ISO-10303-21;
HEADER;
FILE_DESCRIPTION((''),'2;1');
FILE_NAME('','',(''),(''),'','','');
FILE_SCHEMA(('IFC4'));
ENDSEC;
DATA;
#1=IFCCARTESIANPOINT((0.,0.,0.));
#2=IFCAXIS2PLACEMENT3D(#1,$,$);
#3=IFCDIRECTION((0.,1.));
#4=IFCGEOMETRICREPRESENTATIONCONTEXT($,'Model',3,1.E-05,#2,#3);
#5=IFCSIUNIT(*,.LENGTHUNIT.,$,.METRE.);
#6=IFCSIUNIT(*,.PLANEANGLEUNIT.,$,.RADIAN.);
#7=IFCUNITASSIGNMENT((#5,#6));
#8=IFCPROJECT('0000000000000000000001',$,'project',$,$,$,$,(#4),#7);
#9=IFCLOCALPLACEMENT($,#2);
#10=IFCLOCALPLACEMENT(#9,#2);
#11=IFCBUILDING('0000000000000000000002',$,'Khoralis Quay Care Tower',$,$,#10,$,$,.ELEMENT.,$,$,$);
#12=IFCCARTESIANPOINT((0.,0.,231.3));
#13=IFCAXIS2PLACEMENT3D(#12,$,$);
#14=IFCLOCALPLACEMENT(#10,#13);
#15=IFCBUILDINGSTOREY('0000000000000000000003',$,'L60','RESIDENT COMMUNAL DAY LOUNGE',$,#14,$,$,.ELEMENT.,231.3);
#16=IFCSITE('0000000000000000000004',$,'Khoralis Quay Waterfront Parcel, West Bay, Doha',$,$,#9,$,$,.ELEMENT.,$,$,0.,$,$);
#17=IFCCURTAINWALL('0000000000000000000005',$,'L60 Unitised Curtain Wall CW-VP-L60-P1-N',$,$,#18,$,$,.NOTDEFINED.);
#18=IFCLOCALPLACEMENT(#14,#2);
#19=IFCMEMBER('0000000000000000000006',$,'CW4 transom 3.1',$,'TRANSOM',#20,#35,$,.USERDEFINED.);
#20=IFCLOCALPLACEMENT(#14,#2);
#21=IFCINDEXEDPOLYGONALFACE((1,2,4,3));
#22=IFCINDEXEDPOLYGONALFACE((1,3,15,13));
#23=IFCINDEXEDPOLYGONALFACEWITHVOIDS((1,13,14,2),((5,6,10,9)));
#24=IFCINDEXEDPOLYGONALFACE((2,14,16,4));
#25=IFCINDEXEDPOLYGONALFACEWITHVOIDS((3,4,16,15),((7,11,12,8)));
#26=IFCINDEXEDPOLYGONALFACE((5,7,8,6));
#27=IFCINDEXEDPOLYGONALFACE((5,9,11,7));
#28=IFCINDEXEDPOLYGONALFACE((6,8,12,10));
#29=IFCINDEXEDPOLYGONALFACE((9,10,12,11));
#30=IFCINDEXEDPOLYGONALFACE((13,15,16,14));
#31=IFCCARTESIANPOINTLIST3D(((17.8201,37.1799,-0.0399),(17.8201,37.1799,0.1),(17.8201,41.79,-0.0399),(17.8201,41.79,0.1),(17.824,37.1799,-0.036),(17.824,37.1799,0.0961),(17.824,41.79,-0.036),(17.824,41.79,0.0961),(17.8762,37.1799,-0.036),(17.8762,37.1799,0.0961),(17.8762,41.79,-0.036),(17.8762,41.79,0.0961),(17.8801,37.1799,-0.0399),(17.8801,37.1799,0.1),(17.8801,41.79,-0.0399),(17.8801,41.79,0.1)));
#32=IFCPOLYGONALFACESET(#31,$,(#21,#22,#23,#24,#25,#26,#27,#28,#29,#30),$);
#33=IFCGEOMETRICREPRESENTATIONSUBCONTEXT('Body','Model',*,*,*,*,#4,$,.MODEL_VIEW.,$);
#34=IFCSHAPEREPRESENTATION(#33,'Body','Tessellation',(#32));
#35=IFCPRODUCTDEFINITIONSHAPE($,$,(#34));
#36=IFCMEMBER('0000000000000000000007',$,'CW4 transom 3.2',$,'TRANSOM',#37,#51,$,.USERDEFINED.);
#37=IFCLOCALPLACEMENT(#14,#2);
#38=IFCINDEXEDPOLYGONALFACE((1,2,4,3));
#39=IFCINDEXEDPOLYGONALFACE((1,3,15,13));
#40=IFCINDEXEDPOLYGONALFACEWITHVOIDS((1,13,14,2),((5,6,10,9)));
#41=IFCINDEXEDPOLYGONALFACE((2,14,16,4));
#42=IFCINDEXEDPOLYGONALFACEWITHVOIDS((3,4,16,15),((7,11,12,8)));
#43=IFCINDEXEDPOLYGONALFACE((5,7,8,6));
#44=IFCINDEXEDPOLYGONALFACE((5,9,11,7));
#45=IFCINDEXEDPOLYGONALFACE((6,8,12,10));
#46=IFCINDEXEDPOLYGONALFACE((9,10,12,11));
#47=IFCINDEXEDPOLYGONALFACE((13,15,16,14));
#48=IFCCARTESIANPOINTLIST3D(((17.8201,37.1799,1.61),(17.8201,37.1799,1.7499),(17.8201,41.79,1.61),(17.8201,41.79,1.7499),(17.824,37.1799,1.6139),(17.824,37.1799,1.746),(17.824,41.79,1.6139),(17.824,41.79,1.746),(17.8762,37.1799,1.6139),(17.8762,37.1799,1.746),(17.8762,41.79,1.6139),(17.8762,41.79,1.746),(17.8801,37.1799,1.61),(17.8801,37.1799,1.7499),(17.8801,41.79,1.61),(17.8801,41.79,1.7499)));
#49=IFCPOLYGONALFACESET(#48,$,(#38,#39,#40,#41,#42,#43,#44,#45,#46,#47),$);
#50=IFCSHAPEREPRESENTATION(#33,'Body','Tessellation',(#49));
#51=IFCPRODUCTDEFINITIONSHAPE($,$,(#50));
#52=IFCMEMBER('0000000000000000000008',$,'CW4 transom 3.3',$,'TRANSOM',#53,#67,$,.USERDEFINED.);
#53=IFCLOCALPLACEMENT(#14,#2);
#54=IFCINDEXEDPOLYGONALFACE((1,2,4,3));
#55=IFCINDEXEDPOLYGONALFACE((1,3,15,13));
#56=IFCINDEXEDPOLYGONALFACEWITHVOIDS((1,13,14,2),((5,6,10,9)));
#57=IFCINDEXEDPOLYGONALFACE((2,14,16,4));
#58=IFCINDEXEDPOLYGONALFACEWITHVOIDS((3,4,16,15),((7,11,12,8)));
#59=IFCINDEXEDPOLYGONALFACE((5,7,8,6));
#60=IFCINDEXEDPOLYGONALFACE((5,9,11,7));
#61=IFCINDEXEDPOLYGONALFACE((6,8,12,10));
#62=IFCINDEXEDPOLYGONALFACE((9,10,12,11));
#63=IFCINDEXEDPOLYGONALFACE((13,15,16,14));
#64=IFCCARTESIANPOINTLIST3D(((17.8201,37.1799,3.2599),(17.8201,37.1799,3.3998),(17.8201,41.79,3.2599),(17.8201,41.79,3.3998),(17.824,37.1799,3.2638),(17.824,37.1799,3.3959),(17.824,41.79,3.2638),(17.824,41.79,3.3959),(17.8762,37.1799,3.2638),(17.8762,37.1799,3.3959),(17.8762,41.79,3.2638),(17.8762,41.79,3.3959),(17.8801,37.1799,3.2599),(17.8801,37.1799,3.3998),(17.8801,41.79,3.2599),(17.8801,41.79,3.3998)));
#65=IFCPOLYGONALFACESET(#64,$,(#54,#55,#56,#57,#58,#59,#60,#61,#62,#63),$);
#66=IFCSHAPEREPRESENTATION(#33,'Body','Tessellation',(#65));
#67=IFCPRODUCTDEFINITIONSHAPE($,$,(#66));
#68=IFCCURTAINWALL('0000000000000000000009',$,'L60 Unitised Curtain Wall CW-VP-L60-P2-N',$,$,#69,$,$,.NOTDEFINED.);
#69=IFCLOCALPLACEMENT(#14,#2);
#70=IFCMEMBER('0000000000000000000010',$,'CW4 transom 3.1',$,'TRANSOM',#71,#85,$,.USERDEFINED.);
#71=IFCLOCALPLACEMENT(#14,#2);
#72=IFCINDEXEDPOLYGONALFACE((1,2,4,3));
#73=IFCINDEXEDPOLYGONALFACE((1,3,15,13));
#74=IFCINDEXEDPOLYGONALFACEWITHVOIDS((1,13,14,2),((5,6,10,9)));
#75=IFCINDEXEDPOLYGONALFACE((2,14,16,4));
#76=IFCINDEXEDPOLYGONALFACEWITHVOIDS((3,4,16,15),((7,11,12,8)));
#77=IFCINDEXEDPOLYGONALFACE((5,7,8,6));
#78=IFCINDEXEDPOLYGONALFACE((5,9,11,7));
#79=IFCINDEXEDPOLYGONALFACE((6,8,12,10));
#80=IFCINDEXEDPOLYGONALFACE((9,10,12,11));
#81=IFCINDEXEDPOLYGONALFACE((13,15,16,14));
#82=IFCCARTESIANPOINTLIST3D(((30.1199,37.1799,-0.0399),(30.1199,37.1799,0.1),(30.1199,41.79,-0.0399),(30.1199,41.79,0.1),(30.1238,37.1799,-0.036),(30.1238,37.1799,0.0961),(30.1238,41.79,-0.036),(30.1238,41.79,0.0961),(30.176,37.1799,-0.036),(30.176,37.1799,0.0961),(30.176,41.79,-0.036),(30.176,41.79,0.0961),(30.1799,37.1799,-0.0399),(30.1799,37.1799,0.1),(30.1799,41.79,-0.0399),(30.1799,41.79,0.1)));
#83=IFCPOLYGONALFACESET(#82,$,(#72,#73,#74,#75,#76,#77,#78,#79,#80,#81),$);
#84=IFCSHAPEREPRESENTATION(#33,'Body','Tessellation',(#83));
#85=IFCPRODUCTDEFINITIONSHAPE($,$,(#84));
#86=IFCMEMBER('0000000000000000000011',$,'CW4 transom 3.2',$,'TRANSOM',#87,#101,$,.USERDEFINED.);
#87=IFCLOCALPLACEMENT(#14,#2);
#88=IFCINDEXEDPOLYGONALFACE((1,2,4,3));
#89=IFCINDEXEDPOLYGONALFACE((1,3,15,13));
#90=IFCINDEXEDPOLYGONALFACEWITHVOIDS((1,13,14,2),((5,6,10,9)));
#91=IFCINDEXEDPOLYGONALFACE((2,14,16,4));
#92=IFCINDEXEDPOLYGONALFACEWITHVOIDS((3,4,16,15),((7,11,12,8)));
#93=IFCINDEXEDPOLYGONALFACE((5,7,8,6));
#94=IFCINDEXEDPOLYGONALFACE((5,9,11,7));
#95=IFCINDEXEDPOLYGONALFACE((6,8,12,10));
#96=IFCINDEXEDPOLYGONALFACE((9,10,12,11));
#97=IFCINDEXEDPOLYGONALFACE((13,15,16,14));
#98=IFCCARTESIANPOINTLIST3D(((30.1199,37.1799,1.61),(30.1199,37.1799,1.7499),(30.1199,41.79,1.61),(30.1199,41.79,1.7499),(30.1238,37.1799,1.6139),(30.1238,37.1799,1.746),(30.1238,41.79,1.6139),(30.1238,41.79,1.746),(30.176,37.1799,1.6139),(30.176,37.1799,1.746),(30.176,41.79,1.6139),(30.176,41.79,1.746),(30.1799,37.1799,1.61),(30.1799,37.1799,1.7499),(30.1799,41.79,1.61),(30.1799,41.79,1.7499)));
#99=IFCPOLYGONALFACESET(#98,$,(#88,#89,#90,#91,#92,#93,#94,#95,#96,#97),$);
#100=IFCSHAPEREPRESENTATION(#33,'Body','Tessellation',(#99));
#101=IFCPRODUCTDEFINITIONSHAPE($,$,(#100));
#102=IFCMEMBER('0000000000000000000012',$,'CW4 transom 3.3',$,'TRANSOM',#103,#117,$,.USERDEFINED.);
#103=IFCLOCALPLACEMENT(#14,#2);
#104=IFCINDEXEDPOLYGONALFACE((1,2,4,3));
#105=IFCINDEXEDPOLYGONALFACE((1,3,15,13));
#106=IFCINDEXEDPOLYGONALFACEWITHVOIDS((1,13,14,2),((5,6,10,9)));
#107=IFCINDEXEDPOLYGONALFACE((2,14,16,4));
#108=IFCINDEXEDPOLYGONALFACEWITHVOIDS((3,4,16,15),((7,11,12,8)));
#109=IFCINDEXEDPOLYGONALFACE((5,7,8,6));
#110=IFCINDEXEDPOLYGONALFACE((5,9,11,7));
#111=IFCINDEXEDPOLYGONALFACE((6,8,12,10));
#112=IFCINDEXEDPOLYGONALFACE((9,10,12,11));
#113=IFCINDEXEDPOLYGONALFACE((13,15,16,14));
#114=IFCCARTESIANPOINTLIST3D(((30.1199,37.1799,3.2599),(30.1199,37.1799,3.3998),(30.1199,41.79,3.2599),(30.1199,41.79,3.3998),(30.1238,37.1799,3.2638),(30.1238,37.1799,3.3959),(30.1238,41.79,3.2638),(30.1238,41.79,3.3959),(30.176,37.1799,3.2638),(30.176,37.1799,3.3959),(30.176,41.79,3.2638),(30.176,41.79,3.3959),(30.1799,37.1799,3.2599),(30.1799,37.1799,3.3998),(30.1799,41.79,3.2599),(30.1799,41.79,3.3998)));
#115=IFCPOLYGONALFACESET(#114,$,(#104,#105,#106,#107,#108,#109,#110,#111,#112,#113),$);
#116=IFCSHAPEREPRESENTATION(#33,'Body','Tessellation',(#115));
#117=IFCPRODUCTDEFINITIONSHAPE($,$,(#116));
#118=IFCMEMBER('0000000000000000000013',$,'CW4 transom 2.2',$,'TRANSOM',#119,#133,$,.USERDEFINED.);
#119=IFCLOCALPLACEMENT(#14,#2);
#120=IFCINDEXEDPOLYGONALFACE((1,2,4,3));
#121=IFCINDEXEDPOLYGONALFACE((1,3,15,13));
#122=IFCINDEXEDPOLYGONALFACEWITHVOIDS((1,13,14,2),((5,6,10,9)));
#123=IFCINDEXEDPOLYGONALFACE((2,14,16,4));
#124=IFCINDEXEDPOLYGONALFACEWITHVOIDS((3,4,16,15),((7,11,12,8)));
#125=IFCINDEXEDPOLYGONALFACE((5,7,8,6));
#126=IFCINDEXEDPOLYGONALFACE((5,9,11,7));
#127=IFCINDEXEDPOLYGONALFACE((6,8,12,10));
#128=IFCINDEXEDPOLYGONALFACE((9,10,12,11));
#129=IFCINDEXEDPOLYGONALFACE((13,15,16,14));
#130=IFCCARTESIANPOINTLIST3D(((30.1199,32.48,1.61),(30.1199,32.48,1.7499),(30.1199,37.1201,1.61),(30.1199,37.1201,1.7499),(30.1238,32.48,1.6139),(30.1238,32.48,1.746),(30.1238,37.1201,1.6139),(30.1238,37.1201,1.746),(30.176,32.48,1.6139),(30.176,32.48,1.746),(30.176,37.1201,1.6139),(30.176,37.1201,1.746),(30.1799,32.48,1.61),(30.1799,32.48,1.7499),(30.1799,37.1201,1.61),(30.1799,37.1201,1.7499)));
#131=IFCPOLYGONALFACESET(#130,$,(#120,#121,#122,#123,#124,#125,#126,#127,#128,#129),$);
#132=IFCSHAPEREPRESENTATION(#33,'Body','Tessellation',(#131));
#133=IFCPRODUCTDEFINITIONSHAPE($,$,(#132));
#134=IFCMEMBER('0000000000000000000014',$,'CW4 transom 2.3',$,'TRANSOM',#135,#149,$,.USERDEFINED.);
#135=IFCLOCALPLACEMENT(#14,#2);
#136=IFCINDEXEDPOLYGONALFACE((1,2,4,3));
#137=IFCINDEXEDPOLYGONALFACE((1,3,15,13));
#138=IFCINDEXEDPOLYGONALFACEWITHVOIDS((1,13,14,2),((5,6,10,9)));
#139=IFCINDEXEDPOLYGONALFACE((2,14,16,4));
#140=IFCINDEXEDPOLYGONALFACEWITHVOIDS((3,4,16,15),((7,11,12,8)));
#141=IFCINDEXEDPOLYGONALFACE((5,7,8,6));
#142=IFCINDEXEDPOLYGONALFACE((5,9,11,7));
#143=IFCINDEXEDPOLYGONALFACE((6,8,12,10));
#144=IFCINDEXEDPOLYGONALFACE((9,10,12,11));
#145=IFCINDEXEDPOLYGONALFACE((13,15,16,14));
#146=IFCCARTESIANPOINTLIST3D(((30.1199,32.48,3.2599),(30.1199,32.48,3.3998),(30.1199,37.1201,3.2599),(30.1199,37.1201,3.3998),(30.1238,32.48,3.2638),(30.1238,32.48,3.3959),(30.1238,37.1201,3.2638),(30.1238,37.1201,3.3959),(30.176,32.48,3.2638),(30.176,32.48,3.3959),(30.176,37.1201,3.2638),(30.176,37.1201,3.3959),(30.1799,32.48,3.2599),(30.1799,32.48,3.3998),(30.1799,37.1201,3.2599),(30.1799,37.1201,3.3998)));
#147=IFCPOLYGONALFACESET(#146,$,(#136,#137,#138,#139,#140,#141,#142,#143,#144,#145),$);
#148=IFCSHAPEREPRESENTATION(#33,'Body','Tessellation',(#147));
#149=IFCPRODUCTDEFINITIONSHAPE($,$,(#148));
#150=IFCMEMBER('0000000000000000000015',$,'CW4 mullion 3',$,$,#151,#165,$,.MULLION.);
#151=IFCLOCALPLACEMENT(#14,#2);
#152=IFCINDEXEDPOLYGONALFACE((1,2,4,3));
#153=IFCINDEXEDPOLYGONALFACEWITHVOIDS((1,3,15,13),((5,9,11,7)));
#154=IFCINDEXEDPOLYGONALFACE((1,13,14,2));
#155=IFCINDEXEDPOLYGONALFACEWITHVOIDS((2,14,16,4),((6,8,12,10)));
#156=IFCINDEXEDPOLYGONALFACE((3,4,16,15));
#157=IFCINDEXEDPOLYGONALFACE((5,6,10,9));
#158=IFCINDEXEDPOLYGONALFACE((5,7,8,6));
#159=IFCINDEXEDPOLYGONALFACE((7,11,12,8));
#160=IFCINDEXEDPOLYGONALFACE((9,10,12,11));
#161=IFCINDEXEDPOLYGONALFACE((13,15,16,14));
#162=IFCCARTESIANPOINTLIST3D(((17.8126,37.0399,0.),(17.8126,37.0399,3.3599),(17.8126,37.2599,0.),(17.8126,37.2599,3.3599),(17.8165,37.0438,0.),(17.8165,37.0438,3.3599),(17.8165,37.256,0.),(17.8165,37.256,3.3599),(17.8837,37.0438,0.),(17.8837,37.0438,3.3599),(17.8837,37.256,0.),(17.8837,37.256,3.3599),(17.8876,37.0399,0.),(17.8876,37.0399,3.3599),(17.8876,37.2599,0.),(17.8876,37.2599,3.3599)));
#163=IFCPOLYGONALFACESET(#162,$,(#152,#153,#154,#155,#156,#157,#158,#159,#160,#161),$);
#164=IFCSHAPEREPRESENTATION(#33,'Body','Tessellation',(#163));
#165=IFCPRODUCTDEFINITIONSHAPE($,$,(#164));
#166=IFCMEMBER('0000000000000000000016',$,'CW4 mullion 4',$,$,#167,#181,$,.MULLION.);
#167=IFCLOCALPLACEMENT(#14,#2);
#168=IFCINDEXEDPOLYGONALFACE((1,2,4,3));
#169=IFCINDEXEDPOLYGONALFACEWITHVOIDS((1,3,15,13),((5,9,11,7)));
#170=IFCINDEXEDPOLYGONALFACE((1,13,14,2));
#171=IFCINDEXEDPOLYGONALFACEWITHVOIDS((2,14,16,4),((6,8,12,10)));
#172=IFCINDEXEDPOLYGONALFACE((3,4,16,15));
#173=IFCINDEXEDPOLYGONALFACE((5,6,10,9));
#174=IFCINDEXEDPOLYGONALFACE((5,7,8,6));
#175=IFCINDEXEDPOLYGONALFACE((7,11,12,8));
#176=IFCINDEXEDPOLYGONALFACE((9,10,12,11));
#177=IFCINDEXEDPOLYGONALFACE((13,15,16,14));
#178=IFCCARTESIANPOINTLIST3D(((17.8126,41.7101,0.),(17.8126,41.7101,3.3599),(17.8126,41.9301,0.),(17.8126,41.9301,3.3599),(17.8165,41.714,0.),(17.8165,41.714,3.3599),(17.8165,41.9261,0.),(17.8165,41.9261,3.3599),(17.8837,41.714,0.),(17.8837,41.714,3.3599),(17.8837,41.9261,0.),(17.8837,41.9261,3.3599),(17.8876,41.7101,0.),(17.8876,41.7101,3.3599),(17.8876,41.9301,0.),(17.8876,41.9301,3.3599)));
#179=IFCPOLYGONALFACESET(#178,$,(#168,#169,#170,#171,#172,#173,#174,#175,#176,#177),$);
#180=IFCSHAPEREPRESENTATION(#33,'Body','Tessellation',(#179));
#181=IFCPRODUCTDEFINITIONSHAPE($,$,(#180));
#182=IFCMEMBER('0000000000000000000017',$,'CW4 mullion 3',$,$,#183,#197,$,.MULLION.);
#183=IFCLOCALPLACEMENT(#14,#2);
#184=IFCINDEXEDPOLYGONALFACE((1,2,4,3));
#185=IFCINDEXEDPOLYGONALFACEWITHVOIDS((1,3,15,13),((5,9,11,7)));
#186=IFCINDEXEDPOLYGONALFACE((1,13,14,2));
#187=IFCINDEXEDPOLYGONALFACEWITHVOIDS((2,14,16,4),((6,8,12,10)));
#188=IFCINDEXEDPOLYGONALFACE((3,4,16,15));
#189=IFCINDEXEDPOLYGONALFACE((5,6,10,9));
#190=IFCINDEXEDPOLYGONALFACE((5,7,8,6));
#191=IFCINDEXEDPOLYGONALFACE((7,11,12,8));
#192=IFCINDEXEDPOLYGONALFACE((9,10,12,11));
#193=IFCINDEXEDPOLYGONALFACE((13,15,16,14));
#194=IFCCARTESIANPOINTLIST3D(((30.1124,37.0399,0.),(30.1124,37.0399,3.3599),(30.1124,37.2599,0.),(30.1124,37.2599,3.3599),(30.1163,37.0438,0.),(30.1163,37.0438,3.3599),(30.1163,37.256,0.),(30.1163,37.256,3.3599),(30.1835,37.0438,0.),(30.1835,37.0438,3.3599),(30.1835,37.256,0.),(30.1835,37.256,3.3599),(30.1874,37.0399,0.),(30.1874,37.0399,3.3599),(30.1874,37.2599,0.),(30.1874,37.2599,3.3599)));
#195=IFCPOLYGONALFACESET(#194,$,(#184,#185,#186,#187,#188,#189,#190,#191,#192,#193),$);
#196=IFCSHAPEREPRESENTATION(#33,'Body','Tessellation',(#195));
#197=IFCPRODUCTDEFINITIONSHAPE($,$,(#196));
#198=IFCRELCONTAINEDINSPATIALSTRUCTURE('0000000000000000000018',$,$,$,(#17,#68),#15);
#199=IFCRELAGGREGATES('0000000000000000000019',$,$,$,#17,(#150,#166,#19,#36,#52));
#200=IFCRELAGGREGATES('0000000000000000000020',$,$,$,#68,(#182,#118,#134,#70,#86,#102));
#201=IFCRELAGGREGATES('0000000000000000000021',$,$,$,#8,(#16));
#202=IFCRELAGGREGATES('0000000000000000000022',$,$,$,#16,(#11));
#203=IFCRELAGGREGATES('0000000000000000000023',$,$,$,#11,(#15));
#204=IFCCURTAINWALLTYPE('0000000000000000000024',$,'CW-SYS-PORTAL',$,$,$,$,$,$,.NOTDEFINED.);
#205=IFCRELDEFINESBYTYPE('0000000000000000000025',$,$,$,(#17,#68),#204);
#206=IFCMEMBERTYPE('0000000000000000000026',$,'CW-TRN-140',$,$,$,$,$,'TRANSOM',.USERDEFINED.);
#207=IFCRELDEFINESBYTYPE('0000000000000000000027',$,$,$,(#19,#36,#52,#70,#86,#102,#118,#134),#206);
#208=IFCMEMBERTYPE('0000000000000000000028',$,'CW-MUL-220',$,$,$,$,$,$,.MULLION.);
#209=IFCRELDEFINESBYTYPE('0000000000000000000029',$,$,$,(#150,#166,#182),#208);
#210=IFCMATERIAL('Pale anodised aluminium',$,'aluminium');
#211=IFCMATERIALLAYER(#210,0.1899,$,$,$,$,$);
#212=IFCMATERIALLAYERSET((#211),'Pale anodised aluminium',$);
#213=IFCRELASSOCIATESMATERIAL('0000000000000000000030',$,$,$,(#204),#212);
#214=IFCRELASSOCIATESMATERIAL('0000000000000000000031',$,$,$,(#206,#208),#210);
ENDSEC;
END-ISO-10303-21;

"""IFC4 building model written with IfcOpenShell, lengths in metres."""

from ifc_helpers import new_model, si_unit, direction, frame, origin, origin_2d, place, context, subcontext, project, spatial, hollow_rectangle, extrude, source, transform, mapped, material, layer, layer_set, material_profile, profile_set, type_object, element, aggregate, save


model = new_model("IFC4")

# Units and contexts
model_context = context("Model", 3, precision=1e-05, world=origin(), true_north=direction((0.0, 1.0)))
body_context = subcontext(model_context, "Body", "Model", "MODEL_VIEW")
ifc_project = project(units=[si_unit("LENGTHUNIT", "METRE"), si_unit("PLANEANGLEUNIT", "RADIAN")], contexts=[model_context])

# Site, building, storey
site_placement = place(None, origin())
site = spatial("IfcSite", under=ifc_project, at=site_placement, Name="Khoralis Quay Waterfront Parcel, West Bay, Doha", CompositionType="ELEMENT", RefElevation=0.0)
building_placement = place(site_placement, origin())
building = spatial("IfcBuilding", under=site, at=building_placement, Name="Khoralis Quay Care Tower", CompositionType="ELEMENT")
storey_placement = place(building_placement, frame((0.0, 0.0, 231.3)))
storey = spatial("IfcBuildingStorey", under=building, at=storey_placement, Name="L60", Description="RESIDENT COMMUNAL DAY LOUNGE", CompositionType="ELEMENT", Elevation=231.3)

# Curtain walls, members
ifc_material_1 = material(Name="Pale anodised aluminium", Category="aluminium")
ifc_layer_1 = layer(ifc_material_1, 0.1899)
ifc_layer_set_1 = layer_set([ifc_layer_1], Name="Pale anodised aluminium")
curtain_wall_type = type_object("IfcCurtainWallType", Name="CW-SYS-PORTAL", PredefinedType="NOTDEFINED", material=ifc_layer_set_1)
curtain_wall_1_placement = place(storey_placement, origin())
curtain_wall_1 = element("IfcCurtainWall", 1, at=curtain_wall_1_placement, inside=storey, type_object=curtain_wall_type, Name="L60 Unitised Curtain Wall CW-VP-L60-P1-N", PredefinedType="NOTDEFINED")
ifc_material_profile_1 = material_profile(ifc_material_1, hollow_rectangle(XDim=0.0601, YDim=0.1399, WallThickness=0.0039, at=origin_2d()), Name="Pale anodised aluminium")
ifc_profile_set_1 = profile_set([ifc_material_profile_1], Name="Pale anodised aluminium")
member_type_1 = type_object("IfcMemberType", Name="CW-TRN-140", ElementType="TRANSOM", PredefinedType="USERDEFINED", material=ifc_profile_set_1)
shared_shape_1 = source(origin(), body_context, "Body", "SweptSolid", [
    extrude(hollow_rectangle(XDim=0.0601, YDim=0.1399, WallThickness=0.0039, at=origin_2d()), origin(), (0.0, 0.0, 1.0), 4.6101),
])
member_1_placement = place(storey_placement, frame((17.8501, 37.1799, 0.03), z_axis=(0.0, 1.0, 0.0), x_axis=(-1.0, 0.0, 0.0)))
member_1 = element("IfcMember", 2, at=member_1_placement, type_object=member_type_1, Name="CW4 transom 3.1", ObjectType="TRANSOM", PredefinedType="USERDEFINED", context=body_context, shape_type="MappedRepresentation", body=[
    mapped(shared_shape_1, transform((0.0, 0.0, 0.0), scale=1.0)),
])
member_2_placement = place(storey_placement, frame((17.8501, 37.1799, 1.6799), z_axis=(0.0, 1.0, 0.0), x_axis=(-1.0, 0.0, 0.0)))
member_2 = element("IfcMember", 3, at=member_2_placement, type_object=member_type_1, Name="CW4 transom 3.2", ObjectType="TRANSOM", PredefinedType="USERDEFINED", context=body_context, shape_type="MappedRepresentation", body=[
    mapped(shared_shape_1, transform((0.0, 0.0, 0.0), scale=1.0)),
])
member_3_placement = place(storey_placement, frame((17.8501, 37.1799, 3.3298), z_axis=(0.0, 1.0, 0.0), x_axis=(-1.0, 0.0, 0.0)))
member_3 = element("IfcMember", 4, at=member_3_placement, type_object=member_type_1, Name="CW4 transom 3.3", ObjectType="TRANSOM", PredefinedType="USERDEFINED", context=body_context, shape_type="MappedRepresentation", body=[
    mapped(shared_shape_1, transform((0.0, 0.0, 0.0), scale=1.0)),
])
curtain_wall_2_placement = place(storey_placement, origin())
curtain_wall_2 = element("IfcCurtainWall", 5, at=curtain_wall_2_placement, inside=storey, type_object=curtain_wall_type, Name="L60 Unitised Curtain Wall CW-VP-L60-P2-N", PredefinedType="NOTDEFINED")
member_4_placement = place(storey_placement, frame((30.1499, 37.1799, 0.03), z_axis=(0.0, 1.0, 0.0), x_axis=(-1.0, 0.0, 0.0)))
member_4 = element("IfcMember", 6, at=member_4_placement, type_object=member_type_1, Name="CW4 transom 3.1", ObjectType="TRANSOM", PredefinedType="USERDEFINED", context=body_context, shape_type="MappedRepresentation", body=[
    mapped(shared_shape_1, transform((0.0, 0.0, 0.0), scale=1.0)),
])
member_5_placement = place(storey_placement, frame((30.1499, 37.1799, 1.6799), z_axis=(0.0, 1.0, 0.0), x_axis=(-1.0, 0.0, 0.0)))
member_5 = element("IfcMember", 7, at=member_5_placement, type_object=member_type_1, Name="CW4 transom 3.2", ObjectType="TRANSOM", PredefinedType="USERDEFINED", context=body_context, shape_type="MappedRepresentation", body=[
    mapped(shared_shape_1, transform((0.0, 0.0, 0.0), scale=1.0)),
])
member_6_placement = place(storey_placement, frame((30.1499, 37.1799, 3.3298), z_axis=(0.0, 1.0, 0.0), x_axis=(-1.0, 0.0, 0.0)))
member_6 = element("IfcMember", 8, at=member_6_placement, type_object=member_type_1, Name="CW4 transom 3.3", ObjectType="TRANSOM", PredefinedType="USERDEFINED", context=body_context, shape_type="MappedRepresentation", body=[
    mapped(shared_shape_1, transform((0.0, 0.0, 0.0), scale=1.0)),
])
shared_shape_2 = source(origin(), body_context, "Body", "SweptSolid", [
    extrude(hollow_rectangle(XDim=0.0601, YDim=0.1399, WallThickness=0.0039, at=origin_2d()), origin(), (0.0, 0.0, 1.0), 4.6401),
])
member_7_placement = place(storey_placement, frame((30.1499, 32.48, 1.6799), z_axis=(0.0, 1.0, 0.0), x_axis=(-1.0, 0.0, 0.0)))
member_7 = element("IfcMember", 9, at=member_7_placement, type_object=member_type_1, Name="CW4 transom 2.2", ObjectType="TRANSOM", PredefinedType="USERDEFINED", context=body_context, shape_type="MappedRepresentation", body=[
    mapped(shared_shape_2, transform((0.0, 0.0, 0.0), scale=1.0)),
])
member_8_placement = place(storey_placement, frame((30.1499, 32.48, 3.3298), z_axis=(0.0, 1.0, 0.0), x_axis=(-1.0, 0.0, 0.0)))
member_8 = element("IfcMember", 10, at=member_8_placement, type_object=member_type_1, Name="CW4 transom 2.3", ObjectType="TRANSOM", PredefinedType="USERDEFINED", context=body_context, shape_type="MappedRepresentation", body=[
    mapped(shared_shape_2, transform((0.0, 0.0, 0.0), scale=1.0)),
])

# Members
ifc_material_profile_2 = material_profile(ifc_material_1, hollow_rectangle(XDim=0.075, YDim=0.22, WallThickness=0.0039, at=origin_2d()), Name="Pale anodised aluminium")
ifc_profile_set_2 = profile_set([ifc_material_profile_2], Name="Pale anodised aluminium")
member_type_2 = type_object("IfcMemberType", Name="CW-MUL-220", PredefinedType="MULLION", material=ifc_profile_set_2)
shared_shape_3 = source(origin(), body_context, "Body", "SweptSolid", [
    extrude(hollow_rectangle(XDim=0.075, YDim=0.22, WallThickness=0.0039, at=origin_2d()), origin(), (0.0, 0.0, 1.0), 3.3599),
])
member_9_placement = place(storey_placement, frame((17.8501, 37.1499, 0.0), z_axis=(0.0, 0.0, 1.0), x_axis=(-1.0, 0.0, 0.0)))
member_9 = element("IfcMember", 11, at=member_9_placement, type_object=member_type_2, Name="CW4 mullion 3", PredefinedType="MULLION", context=body_context, shape_type="MappedRepresentation", body=[
    mapped(shared_shape_3, transform((0.0, 0.0, 0.0), scale=1.0)),
])
member_10_placement = place(storey_placement, frame((17.8501, 41.8201, 0.0), z_axis=(0.0, 0.0, 1.0), x_axis=(-1.0, 0.0, 0.0)))
member_10 = element("IfcMember", 12, at=member_10_placement, type_object=member_type_2, Name="CW4 mullion 4", PredefinedType="MULLION", context=body_context, shape_type="MappedRepresentation", body=[
    mapped(shared_shape_3, transform((0.0, 0.0, 0.0), scale=1.0)),
])
member_11_placement = place(storey_placement, frame((30.1499, 37.1499, 0.0), z_axis=(0.0, 0.0, 1.0), x_axis=(-1.0, 0.0, 0.0)))
member_11 = element("IfcMember", 13, at=member_11_placement, type_object=member_type_2, Name="CW4 mullion 3", PredefinedType="MULLION", context=body_context, shape_type="MappedRepresentation", body=[
    mapped(shared_shape_3, transform((0.0, 0.0, 0.0), scale=1.0)),
])

aggregate(curtain_wall_1, [member_9, member_10, member_1, member_2, member_3])
aggregate(curtain_wall_2, [member_11, member_7, member_8, member_4, member_5, member_6])

save(model, "model.ifc")
